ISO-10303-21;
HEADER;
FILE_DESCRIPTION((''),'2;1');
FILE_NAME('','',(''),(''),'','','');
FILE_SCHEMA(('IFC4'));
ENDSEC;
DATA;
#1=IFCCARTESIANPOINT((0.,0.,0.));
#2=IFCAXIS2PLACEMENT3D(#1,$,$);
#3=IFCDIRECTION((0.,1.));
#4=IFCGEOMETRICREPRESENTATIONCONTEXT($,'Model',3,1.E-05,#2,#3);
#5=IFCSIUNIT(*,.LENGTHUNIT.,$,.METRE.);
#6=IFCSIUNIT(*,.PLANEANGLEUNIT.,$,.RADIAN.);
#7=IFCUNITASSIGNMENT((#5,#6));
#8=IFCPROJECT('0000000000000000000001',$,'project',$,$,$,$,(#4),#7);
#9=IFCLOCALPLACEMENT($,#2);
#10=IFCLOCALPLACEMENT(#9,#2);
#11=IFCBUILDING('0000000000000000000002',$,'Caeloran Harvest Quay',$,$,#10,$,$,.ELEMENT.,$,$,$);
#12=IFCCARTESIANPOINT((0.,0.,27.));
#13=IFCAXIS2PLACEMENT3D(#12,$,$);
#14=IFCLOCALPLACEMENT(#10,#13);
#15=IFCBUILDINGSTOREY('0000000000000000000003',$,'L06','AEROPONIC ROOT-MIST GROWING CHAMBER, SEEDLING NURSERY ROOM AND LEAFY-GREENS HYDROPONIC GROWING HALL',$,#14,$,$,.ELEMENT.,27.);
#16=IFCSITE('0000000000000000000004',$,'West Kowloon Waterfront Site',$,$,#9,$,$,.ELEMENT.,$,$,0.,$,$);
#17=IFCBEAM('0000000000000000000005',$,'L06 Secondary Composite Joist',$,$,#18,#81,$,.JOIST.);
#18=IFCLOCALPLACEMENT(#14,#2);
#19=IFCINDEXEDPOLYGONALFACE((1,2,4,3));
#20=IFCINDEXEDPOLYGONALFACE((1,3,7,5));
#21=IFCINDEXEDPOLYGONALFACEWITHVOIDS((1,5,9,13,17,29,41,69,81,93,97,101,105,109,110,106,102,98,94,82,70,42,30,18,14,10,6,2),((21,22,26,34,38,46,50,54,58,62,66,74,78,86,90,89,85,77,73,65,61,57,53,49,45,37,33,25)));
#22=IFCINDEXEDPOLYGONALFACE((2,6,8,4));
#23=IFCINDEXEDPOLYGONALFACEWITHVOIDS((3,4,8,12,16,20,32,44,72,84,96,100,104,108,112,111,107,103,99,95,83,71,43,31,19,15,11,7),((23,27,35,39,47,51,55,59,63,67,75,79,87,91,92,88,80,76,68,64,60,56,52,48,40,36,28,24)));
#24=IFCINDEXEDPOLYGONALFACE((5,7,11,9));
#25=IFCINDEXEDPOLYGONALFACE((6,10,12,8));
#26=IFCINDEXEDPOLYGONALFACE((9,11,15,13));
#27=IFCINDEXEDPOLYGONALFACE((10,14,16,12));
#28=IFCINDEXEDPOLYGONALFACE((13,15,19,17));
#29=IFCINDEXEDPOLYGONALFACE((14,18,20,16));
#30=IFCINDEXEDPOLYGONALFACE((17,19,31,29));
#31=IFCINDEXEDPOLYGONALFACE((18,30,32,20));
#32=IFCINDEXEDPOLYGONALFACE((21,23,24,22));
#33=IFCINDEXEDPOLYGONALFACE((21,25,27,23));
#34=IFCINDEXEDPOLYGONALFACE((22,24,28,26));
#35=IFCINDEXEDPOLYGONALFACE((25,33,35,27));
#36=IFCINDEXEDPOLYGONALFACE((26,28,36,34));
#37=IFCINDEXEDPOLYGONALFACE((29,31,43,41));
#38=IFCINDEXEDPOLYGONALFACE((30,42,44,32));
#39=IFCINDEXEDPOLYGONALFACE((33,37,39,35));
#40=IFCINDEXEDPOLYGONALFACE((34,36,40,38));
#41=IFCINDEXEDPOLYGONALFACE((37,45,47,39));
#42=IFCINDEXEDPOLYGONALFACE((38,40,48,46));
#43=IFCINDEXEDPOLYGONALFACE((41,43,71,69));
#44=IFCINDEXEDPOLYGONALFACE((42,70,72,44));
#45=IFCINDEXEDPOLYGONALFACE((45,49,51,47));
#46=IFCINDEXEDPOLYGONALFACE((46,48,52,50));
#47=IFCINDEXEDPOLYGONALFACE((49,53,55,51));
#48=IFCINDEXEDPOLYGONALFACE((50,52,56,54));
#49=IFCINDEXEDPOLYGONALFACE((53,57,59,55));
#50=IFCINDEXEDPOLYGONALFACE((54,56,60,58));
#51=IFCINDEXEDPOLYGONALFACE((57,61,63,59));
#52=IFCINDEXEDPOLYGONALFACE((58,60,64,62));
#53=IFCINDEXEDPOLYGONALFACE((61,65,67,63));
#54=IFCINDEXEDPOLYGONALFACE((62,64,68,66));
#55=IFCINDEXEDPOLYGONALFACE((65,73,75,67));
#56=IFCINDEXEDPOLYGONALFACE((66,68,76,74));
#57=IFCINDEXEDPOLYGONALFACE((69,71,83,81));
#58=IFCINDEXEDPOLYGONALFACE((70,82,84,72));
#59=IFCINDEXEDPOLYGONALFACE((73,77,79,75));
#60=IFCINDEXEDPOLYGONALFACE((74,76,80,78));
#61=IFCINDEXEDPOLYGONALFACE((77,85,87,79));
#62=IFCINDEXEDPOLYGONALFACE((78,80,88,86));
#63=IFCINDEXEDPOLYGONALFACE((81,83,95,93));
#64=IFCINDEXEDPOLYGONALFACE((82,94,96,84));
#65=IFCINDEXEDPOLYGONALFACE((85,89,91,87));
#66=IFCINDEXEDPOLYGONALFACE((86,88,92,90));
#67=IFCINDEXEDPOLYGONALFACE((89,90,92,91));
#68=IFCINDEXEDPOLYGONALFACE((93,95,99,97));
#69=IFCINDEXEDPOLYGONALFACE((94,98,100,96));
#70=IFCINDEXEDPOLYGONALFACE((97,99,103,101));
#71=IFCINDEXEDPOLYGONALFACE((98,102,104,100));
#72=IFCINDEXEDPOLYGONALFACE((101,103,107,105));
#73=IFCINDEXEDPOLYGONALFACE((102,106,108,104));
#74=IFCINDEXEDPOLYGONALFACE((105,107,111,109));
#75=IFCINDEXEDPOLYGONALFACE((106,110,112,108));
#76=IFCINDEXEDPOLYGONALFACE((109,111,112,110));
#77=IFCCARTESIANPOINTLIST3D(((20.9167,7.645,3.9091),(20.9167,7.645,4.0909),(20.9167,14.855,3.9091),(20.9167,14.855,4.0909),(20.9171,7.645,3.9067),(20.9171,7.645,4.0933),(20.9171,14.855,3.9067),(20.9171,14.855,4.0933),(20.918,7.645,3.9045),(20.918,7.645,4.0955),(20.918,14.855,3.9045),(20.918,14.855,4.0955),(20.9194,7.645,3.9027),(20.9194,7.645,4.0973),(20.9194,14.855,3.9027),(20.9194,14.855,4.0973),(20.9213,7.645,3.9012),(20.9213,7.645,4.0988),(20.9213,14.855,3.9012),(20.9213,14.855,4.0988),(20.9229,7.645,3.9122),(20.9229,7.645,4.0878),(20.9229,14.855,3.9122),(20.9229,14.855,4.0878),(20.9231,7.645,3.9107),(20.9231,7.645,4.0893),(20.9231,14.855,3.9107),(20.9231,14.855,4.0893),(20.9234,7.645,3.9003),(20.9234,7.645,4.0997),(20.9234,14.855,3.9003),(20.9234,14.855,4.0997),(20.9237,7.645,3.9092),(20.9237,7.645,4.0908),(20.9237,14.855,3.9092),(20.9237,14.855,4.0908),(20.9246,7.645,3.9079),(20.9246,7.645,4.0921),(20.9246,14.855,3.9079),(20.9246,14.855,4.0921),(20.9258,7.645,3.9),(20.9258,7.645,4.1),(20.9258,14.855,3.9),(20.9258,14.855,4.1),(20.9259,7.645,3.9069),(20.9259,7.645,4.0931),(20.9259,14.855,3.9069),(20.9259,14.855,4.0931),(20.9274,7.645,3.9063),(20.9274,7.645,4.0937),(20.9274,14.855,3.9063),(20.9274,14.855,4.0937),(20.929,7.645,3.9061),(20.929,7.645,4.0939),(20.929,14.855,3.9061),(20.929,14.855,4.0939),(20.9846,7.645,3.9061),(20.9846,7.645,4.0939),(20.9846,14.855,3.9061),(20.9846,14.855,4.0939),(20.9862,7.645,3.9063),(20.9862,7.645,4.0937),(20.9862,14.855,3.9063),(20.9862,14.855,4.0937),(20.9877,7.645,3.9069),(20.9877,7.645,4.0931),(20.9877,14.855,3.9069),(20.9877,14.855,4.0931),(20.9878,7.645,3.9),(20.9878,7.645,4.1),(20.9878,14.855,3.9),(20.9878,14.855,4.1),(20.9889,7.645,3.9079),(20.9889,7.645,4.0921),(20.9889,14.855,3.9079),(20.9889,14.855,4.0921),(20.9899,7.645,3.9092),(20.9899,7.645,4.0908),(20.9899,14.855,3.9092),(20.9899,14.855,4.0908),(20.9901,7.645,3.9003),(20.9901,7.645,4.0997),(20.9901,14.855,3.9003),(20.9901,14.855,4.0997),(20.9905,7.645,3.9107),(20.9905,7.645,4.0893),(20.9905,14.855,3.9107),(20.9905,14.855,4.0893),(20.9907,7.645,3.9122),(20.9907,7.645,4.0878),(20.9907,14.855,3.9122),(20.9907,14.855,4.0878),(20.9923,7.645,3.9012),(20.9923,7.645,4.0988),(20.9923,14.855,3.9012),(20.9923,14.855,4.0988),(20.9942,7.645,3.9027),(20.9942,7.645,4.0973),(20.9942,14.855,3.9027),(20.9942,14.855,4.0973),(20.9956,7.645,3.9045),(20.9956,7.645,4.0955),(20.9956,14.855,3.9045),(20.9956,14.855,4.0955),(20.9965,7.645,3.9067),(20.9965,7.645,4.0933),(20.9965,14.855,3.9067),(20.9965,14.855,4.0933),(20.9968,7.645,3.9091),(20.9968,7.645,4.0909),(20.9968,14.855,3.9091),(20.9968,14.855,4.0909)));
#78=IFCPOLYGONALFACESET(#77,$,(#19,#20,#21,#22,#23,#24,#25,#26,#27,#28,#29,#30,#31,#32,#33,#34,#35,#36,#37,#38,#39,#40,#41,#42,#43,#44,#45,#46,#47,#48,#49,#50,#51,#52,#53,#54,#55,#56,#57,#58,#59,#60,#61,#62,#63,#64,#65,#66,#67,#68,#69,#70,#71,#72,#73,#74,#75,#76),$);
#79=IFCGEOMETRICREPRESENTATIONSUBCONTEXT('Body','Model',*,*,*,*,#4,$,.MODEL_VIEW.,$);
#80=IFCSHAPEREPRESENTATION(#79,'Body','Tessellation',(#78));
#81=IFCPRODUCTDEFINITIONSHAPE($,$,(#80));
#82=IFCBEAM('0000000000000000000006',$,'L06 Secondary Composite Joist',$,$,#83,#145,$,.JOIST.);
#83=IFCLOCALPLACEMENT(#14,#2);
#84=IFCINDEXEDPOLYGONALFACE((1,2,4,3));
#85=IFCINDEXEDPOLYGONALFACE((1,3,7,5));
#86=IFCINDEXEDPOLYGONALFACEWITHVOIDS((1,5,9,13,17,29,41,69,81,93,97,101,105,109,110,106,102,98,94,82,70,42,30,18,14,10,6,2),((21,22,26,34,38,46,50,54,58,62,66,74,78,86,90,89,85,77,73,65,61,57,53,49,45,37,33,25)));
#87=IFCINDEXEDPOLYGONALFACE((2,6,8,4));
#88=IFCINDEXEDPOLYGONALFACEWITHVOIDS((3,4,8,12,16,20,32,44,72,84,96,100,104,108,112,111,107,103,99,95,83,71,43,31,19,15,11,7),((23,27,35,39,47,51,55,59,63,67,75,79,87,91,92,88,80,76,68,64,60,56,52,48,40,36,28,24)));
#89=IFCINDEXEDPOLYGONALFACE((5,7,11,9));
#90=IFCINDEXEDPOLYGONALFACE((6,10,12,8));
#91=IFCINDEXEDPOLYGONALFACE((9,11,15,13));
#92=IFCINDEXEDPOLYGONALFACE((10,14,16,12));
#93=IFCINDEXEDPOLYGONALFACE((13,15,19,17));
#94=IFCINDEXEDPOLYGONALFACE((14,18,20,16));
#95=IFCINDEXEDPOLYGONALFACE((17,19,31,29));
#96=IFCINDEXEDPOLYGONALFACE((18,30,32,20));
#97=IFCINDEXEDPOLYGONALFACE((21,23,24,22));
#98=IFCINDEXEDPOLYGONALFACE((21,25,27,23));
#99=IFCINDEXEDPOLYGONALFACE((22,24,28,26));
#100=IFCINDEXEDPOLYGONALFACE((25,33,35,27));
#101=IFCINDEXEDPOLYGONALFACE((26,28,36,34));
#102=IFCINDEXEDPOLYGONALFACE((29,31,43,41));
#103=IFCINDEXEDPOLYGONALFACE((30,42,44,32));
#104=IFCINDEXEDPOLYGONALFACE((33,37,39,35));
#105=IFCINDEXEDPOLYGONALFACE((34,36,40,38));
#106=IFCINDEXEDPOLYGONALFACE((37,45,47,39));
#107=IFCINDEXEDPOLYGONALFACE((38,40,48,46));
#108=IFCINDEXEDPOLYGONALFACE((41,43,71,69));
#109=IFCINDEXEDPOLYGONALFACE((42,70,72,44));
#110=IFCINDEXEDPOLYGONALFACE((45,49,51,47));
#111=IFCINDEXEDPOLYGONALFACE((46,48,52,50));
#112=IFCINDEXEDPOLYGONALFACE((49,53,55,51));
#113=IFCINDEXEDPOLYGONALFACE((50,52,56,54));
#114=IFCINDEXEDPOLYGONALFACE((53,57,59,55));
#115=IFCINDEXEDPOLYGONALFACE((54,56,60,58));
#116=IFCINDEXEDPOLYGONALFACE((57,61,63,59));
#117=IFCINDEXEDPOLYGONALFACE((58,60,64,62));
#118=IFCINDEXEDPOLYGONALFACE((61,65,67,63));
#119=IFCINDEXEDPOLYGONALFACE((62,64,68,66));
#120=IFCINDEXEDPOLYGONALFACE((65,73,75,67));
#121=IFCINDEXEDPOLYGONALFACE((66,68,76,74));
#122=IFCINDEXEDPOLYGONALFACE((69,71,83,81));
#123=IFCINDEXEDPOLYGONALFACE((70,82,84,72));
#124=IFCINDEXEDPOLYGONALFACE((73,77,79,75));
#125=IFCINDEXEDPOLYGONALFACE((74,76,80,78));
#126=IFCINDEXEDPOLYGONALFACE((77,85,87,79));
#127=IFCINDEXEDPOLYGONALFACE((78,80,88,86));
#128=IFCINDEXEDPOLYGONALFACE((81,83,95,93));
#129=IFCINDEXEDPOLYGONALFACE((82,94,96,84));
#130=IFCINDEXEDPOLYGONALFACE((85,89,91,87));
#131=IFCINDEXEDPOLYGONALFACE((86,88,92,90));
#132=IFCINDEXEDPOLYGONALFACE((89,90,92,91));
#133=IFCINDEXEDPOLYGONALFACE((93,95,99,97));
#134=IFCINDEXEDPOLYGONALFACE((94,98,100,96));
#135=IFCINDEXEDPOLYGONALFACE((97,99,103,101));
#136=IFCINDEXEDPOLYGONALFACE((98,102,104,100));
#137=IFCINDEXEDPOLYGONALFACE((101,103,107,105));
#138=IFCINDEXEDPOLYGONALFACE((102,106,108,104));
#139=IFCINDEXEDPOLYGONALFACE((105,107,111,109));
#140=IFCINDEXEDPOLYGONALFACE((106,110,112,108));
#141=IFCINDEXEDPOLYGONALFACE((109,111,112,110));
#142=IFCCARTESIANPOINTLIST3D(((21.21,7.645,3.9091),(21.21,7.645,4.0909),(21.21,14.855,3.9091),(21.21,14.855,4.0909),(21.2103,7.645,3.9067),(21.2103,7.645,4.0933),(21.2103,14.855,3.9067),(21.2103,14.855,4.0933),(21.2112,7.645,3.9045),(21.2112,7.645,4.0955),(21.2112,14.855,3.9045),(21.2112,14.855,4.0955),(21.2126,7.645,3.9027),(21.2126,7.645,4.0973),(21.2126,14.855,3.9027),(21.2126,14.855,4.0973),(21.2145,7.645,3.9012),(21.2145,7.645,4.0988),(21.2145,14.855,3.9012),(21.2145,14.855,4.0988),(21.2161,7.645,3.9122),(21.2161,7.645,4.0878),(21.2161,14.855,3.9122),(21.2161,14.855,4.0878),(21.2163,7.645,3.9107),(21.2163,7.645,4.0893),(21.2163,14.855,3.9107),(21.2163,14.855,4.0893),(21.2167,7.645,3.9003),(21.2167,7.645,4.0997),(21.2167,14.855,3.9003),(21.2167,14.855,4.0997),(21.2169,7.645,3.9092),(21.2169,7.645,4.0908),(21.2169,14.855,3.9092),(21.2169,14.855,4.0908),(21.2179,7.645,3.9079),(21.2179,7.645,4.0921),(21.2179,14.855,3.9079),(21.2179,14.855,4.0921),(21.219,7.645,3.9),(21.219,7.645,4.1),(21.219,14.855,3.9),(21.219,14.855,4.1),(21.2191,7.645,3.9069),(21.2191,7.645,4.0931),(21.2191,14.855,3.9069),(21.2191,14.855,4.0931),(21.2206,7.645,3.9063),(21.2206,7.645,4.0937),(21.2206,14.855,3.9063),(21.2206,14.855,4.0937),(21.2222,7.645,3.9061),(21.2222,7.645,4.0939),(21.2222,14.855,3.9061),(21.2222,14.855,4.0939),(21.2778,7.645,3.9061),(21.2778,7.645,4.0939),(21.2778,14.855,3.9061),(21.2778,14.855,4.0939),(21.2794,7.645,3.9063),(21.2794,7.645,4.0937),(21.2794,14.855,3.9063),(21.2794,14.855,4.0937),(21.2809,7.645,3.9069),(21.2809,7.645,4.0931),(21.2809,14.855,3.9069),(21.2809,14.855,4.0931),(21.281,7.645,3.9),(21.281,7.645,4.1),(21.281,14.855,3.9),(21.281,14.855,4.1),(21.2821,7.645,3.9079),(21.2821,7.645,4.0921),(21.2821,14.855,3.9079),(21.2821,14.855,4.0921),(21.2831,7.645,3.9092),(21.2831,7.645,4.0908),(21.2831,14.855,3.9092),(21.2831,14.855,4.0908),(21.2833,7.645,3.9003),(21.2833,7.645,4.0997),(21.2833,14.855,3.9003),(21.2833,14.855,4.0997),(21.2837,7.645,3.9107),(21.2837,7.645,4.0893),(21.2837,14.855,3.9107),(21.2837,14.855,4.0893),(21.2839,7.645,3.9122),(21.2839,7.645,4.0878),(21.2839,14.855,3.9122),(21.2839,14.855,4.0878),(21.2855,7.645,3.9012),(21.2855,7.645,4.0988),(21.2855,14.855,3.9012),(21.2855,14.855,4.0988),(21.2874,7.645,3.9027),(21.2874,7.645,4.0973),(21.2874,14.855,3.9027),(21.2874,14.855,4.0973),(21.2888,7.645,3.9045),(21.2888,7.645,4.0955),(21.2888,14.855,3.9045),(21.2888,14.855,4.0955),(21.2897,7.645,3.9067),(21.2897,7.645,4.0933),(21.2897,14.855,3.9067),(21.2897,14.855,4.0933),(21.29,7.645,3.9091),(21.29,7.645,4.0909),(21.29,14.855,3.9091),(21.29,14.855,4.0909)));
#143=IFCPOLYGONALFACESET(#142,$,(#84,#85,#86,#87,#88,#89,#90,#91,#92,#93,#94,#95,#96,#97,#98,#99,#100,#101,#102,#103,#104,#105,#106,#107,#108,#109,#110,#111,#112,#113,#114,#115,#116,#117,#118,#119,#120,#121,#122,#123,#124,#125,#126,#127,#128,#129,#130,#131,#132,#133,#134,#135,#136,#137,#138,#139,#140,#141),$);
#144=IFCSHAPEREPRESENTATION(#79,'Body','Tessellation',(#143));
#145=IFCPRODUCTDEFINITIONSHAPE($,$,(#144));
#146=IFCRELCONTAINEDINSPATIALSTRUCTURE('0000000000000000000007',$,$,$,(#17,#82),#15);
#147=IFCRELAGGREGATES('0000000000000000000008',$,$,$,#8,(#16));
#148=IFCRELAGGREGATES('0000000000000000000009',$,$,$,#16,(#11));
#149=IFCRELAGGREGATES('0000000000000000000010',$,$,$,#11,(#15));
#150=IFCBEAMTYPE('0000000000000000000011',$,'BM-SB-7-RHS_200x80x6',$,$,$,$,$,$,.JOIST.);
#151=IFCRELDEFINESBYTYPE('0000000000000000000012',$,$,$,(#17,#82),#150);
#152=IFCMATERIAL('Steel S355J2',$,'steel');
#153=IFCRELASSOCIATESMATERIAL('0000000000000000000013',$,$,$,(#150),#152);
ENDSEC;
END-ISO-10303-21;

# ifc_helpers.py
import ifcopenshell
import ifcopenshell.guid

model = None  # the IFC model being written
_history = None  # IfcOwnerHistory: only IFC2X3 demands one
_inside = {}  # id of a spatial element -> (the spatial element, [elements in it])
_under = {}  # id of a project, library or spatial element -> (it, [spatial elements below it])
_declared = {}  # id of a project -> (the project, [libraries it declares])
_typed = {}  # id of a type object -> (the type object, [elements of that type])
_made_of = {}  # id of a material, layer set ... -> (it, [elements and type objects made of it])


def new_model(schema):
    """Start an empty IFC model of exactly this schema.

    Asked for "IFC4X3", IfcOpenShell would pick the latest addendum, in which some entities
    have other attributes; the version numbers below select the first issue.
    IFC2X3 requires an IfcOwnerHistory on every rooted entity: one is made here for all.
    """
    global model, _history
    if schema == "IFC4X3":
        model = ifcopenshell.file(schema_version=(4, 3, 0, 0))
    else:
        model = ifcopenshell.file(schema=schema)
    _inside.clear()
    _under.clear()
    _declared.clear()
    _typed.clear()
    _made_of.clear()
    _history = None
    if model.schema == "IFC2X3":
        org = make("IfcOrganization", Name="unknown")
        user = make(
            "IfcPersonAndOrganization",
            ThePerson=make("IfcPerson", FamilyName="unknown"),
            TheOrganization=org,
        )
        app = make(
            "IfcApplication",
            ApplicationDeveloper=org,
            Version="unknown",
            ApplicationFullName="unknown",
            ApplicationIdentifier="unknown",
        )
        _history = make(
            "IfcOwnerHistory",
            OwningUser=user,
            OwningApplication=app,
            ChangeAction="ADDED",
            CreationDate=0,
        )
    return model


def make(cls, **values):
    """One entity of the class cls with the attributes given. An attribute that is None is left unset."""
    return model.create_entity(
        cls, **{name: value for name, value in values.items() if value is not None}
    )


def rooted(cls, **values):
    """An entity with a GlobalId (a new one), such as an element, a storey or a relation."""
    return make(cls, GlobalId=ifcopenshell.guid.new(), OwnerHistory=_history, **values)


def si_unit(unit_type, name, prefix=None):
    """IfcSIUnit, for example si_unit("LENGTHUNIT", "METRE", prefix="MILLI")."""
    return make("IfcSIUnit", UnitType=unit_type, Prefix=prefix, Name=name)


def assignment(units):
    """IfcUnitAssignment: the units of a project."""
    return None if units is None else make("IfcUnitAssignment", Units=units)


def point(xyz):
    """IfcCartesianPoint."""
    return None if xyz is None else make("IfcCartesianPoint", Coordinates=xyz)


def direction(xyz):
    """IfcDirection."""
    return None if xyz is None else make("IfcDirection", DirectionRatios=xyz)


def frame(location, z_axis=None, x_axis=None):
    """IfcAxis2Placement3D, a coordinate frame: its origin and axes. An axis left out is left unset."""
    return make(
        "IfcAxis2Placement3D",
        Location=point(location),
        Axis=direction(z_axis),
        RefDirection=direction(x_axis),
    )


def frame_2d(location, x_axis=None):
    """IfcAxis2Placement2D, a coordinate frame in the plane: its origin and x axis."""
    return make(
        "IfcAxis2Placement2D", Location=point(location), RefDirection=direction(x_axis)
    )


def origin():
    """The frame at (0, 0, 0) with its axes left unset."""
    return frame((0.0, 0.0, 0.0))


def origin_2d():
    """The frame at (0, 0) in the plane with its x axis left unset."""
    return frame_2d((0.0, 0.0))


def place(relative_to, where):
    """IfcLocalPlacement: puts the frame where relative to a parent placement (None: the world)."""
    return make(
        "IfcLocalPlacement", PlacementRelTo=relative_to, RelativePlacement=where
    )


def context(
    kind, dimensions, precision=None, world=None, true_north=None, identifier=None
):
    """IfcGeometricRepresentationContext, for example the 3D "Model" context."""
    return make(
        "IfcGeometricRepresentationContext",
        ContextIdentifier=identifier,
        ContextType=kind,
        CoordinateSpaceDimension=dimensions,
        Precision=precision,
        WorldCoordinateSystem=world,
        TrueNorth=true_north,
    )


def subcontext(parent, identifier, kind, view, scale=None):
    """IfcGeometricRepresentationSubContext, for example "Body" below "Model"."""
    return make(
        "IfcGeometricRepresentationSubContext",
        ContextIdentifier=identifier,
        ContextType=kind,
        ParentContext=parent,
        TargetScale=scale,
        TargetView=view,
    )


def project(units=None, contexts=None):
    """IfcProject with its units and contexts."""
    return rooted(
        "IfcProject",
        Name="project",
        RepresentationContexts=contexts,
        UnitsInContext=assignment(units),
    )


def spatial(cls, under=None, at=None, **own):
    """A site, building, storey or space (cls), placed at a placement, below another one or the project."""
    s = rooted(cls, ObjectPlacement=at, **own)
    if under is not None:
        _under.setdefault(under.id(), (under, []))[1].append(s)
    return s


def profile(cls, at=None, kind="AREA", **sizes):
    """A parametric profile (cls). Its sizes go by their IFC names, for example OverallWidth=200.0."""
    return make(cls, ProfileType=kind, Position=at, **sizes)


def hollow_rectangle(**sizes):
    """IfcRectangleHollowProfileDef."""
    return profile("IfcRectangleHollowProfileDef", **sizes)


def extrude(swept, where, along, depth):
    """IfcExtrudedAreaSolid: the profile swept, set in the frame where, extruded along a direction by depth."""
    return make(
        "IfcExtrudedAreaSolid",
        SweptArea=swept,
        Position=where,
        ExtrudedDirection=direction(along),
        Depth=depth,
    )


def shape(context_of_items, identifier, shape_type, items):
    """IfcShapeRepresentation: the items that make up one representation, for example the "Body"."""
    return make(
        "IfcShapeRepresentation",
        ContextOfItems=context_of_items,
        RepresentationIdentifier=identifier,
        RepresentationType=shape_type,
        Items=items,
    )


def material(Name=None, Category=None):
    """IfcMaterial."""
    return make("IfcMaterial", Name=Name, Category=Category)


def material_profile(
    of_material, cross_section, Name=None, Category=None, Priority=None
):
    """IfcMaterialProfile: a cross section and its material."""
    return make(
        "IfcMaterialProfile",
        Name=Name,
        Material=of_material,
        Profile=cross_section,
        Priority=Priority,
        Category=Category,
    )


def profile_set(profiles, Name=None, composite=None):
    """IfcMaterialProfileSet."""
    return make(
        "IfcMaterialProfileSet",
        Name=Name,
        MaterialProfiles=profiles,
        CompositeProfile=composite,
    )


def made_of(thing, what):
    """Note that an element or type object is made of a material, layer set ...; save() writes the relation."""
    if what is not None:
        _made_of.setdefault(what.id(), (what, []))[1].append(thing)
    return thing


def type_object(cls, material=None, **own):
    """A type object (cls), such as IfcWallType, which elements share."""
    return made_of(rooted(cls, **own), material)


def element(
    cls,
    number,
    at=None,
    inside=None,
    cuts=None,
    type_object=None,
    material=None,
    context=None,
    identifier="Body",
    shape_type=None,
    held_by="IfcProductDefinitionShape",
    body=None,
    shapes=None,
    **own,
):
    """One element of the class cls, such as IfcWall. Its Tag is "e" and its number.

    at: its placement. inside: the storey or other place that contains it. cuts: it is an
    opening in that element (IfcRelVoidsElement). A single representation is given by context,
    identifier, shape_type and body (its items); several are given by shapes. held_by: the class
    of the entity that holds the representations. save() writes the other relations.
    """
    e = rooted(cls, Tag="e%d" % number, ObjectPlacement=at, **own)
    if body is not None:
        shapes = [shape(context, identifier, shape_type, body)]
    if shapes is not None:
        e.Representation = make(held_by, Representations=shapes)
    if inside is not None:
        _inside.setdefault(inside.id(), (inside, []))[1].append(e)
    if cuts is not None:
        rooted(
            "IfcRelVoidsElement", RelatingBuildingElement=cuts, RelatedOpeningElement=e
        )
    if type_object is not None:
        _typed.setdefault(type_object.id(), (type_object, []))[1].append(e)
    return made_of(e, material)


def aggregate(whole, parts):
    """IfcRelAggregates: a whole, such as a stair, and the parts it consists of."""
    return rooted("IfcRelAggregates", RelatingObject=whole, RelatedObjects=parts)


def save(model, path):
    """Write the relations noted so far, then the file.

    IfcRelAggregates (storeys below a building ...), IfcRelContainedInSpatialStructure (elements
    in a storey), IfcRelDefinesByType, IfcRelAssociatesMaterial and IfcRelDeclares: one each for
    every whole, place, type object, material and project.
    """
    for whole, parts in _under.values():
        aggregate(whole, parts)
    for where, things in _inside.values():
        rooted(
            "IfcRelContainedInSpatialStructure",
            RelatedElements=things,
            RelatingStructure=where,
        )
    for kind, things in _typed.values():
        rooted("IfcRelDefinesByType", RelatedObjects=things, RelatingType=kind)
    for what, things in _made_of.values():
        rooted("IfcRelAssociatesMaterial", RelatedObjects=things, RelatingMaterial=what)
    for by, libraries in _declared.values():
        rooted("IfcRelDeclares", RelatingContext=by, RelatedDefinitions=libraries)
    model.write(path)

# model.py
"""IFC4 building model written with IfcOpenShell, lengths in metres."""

from ifc_helpers import new_model, si_unit, direction, frame, origin, origin_2d, place, context, subcontext, project, spatial, hollow_rectangle, extrude, material, material_profile, profile_set, type_object, element, save


model = new_model("IFC4")

# Units and contexts
model_context = context("Model", 3, precision=1e-05, world=origin(), true_north=direction((0.0, 1.0)))
body_context = subcontext(model_context, "Body", "Model", "MODEL_VIEW")
ifc_project = project(units=[si_unit("LENGTHUNIT", "METRE"), si_unit("PLANEANGLEUNIT", "RADIAN")], contexts=[model_context])

# Site, building, storey
site_placement = place(None, origin())
site = spatial("IfcSite", under=ifc_project, at=site_placement, Name="West Kowloon Waterfront Site", CompositionType="ELEMENT", RefElevation=0.0)
building_placement = place(site_placement, origin())
building = spatial("IfcBuilding", under=site, at=building_placement, Name="Caeloran Harvest Quay", CompositionType="ELEMENT")
storey_placement = place(building_placement, frame((0.0, 0.0, 27.0)))
storey = spatial("IfcBuildingStorey", under=building, at=storey_placement, Name="L06", Description="AEROPONIC ROOT-MIST GROWING CHAMBER, SEEDLING NURSERY ROOM AND LEAFY-GREENS HYDROPONIC GROWING HALL", CompositionType="ELEMENT", Elevation=27.0)

# Beams
ifc_material_1 = material(Name="Steel S355J2", Category="steel")
ifc_material_profile_1 = material_profile(ifc_material_1, hollow_rectangle(XDim=0.0801, YDim=0.2, WallThickness=0.0061, InnerFilletRadius=0.0061, OuterFilletRadius=0.009, at=origin_2d()), Name="RHS 200x80x6")
ifc_profile_set_1 = profile_set([ifc_material_profile_1], Name="Steel S355J2")
beam_type_1 = type_object("IfcBeamType", Name="BM-SB-7-RHS_200x80x6", PredefinedType="JOIST", material=ifc_profile_set_1)
for number, where, z_axis, x_axis, name in (
    (1, (20.9568, 7.645, 4.0), (0.0, 1.0, 0.0), (-1.0, 0.0, 0.0), "L06 Secondary Composite Joist"),
    (2, (21.25, 7.645, 4.0), (0.0, 1.0, 0.0), (-1.0, 0.0, 0.0), "L06 Secondary Composite Joist"),
):
    element("IfcBeam", number, at=place(storey_placement, frame(where, z_axis=z_axis, x_axis=x_axis)), inside=storey, type_object=beam_type_1, Name=name, PredefinedType="JOIST", context=body_context, shape_type="SweptSolid", body=[
        extrude(hollow_rectangle(XDim=0.0801, YDim=0.2, WallThickness=0.0061, InnerFilletRadius=0.0061, OuterFilletRadius=0.009, at=origin_2d()), origin(), (0.0, 0.0, 1.0), 7.21),
    ])

save(model, "model.ifc")
